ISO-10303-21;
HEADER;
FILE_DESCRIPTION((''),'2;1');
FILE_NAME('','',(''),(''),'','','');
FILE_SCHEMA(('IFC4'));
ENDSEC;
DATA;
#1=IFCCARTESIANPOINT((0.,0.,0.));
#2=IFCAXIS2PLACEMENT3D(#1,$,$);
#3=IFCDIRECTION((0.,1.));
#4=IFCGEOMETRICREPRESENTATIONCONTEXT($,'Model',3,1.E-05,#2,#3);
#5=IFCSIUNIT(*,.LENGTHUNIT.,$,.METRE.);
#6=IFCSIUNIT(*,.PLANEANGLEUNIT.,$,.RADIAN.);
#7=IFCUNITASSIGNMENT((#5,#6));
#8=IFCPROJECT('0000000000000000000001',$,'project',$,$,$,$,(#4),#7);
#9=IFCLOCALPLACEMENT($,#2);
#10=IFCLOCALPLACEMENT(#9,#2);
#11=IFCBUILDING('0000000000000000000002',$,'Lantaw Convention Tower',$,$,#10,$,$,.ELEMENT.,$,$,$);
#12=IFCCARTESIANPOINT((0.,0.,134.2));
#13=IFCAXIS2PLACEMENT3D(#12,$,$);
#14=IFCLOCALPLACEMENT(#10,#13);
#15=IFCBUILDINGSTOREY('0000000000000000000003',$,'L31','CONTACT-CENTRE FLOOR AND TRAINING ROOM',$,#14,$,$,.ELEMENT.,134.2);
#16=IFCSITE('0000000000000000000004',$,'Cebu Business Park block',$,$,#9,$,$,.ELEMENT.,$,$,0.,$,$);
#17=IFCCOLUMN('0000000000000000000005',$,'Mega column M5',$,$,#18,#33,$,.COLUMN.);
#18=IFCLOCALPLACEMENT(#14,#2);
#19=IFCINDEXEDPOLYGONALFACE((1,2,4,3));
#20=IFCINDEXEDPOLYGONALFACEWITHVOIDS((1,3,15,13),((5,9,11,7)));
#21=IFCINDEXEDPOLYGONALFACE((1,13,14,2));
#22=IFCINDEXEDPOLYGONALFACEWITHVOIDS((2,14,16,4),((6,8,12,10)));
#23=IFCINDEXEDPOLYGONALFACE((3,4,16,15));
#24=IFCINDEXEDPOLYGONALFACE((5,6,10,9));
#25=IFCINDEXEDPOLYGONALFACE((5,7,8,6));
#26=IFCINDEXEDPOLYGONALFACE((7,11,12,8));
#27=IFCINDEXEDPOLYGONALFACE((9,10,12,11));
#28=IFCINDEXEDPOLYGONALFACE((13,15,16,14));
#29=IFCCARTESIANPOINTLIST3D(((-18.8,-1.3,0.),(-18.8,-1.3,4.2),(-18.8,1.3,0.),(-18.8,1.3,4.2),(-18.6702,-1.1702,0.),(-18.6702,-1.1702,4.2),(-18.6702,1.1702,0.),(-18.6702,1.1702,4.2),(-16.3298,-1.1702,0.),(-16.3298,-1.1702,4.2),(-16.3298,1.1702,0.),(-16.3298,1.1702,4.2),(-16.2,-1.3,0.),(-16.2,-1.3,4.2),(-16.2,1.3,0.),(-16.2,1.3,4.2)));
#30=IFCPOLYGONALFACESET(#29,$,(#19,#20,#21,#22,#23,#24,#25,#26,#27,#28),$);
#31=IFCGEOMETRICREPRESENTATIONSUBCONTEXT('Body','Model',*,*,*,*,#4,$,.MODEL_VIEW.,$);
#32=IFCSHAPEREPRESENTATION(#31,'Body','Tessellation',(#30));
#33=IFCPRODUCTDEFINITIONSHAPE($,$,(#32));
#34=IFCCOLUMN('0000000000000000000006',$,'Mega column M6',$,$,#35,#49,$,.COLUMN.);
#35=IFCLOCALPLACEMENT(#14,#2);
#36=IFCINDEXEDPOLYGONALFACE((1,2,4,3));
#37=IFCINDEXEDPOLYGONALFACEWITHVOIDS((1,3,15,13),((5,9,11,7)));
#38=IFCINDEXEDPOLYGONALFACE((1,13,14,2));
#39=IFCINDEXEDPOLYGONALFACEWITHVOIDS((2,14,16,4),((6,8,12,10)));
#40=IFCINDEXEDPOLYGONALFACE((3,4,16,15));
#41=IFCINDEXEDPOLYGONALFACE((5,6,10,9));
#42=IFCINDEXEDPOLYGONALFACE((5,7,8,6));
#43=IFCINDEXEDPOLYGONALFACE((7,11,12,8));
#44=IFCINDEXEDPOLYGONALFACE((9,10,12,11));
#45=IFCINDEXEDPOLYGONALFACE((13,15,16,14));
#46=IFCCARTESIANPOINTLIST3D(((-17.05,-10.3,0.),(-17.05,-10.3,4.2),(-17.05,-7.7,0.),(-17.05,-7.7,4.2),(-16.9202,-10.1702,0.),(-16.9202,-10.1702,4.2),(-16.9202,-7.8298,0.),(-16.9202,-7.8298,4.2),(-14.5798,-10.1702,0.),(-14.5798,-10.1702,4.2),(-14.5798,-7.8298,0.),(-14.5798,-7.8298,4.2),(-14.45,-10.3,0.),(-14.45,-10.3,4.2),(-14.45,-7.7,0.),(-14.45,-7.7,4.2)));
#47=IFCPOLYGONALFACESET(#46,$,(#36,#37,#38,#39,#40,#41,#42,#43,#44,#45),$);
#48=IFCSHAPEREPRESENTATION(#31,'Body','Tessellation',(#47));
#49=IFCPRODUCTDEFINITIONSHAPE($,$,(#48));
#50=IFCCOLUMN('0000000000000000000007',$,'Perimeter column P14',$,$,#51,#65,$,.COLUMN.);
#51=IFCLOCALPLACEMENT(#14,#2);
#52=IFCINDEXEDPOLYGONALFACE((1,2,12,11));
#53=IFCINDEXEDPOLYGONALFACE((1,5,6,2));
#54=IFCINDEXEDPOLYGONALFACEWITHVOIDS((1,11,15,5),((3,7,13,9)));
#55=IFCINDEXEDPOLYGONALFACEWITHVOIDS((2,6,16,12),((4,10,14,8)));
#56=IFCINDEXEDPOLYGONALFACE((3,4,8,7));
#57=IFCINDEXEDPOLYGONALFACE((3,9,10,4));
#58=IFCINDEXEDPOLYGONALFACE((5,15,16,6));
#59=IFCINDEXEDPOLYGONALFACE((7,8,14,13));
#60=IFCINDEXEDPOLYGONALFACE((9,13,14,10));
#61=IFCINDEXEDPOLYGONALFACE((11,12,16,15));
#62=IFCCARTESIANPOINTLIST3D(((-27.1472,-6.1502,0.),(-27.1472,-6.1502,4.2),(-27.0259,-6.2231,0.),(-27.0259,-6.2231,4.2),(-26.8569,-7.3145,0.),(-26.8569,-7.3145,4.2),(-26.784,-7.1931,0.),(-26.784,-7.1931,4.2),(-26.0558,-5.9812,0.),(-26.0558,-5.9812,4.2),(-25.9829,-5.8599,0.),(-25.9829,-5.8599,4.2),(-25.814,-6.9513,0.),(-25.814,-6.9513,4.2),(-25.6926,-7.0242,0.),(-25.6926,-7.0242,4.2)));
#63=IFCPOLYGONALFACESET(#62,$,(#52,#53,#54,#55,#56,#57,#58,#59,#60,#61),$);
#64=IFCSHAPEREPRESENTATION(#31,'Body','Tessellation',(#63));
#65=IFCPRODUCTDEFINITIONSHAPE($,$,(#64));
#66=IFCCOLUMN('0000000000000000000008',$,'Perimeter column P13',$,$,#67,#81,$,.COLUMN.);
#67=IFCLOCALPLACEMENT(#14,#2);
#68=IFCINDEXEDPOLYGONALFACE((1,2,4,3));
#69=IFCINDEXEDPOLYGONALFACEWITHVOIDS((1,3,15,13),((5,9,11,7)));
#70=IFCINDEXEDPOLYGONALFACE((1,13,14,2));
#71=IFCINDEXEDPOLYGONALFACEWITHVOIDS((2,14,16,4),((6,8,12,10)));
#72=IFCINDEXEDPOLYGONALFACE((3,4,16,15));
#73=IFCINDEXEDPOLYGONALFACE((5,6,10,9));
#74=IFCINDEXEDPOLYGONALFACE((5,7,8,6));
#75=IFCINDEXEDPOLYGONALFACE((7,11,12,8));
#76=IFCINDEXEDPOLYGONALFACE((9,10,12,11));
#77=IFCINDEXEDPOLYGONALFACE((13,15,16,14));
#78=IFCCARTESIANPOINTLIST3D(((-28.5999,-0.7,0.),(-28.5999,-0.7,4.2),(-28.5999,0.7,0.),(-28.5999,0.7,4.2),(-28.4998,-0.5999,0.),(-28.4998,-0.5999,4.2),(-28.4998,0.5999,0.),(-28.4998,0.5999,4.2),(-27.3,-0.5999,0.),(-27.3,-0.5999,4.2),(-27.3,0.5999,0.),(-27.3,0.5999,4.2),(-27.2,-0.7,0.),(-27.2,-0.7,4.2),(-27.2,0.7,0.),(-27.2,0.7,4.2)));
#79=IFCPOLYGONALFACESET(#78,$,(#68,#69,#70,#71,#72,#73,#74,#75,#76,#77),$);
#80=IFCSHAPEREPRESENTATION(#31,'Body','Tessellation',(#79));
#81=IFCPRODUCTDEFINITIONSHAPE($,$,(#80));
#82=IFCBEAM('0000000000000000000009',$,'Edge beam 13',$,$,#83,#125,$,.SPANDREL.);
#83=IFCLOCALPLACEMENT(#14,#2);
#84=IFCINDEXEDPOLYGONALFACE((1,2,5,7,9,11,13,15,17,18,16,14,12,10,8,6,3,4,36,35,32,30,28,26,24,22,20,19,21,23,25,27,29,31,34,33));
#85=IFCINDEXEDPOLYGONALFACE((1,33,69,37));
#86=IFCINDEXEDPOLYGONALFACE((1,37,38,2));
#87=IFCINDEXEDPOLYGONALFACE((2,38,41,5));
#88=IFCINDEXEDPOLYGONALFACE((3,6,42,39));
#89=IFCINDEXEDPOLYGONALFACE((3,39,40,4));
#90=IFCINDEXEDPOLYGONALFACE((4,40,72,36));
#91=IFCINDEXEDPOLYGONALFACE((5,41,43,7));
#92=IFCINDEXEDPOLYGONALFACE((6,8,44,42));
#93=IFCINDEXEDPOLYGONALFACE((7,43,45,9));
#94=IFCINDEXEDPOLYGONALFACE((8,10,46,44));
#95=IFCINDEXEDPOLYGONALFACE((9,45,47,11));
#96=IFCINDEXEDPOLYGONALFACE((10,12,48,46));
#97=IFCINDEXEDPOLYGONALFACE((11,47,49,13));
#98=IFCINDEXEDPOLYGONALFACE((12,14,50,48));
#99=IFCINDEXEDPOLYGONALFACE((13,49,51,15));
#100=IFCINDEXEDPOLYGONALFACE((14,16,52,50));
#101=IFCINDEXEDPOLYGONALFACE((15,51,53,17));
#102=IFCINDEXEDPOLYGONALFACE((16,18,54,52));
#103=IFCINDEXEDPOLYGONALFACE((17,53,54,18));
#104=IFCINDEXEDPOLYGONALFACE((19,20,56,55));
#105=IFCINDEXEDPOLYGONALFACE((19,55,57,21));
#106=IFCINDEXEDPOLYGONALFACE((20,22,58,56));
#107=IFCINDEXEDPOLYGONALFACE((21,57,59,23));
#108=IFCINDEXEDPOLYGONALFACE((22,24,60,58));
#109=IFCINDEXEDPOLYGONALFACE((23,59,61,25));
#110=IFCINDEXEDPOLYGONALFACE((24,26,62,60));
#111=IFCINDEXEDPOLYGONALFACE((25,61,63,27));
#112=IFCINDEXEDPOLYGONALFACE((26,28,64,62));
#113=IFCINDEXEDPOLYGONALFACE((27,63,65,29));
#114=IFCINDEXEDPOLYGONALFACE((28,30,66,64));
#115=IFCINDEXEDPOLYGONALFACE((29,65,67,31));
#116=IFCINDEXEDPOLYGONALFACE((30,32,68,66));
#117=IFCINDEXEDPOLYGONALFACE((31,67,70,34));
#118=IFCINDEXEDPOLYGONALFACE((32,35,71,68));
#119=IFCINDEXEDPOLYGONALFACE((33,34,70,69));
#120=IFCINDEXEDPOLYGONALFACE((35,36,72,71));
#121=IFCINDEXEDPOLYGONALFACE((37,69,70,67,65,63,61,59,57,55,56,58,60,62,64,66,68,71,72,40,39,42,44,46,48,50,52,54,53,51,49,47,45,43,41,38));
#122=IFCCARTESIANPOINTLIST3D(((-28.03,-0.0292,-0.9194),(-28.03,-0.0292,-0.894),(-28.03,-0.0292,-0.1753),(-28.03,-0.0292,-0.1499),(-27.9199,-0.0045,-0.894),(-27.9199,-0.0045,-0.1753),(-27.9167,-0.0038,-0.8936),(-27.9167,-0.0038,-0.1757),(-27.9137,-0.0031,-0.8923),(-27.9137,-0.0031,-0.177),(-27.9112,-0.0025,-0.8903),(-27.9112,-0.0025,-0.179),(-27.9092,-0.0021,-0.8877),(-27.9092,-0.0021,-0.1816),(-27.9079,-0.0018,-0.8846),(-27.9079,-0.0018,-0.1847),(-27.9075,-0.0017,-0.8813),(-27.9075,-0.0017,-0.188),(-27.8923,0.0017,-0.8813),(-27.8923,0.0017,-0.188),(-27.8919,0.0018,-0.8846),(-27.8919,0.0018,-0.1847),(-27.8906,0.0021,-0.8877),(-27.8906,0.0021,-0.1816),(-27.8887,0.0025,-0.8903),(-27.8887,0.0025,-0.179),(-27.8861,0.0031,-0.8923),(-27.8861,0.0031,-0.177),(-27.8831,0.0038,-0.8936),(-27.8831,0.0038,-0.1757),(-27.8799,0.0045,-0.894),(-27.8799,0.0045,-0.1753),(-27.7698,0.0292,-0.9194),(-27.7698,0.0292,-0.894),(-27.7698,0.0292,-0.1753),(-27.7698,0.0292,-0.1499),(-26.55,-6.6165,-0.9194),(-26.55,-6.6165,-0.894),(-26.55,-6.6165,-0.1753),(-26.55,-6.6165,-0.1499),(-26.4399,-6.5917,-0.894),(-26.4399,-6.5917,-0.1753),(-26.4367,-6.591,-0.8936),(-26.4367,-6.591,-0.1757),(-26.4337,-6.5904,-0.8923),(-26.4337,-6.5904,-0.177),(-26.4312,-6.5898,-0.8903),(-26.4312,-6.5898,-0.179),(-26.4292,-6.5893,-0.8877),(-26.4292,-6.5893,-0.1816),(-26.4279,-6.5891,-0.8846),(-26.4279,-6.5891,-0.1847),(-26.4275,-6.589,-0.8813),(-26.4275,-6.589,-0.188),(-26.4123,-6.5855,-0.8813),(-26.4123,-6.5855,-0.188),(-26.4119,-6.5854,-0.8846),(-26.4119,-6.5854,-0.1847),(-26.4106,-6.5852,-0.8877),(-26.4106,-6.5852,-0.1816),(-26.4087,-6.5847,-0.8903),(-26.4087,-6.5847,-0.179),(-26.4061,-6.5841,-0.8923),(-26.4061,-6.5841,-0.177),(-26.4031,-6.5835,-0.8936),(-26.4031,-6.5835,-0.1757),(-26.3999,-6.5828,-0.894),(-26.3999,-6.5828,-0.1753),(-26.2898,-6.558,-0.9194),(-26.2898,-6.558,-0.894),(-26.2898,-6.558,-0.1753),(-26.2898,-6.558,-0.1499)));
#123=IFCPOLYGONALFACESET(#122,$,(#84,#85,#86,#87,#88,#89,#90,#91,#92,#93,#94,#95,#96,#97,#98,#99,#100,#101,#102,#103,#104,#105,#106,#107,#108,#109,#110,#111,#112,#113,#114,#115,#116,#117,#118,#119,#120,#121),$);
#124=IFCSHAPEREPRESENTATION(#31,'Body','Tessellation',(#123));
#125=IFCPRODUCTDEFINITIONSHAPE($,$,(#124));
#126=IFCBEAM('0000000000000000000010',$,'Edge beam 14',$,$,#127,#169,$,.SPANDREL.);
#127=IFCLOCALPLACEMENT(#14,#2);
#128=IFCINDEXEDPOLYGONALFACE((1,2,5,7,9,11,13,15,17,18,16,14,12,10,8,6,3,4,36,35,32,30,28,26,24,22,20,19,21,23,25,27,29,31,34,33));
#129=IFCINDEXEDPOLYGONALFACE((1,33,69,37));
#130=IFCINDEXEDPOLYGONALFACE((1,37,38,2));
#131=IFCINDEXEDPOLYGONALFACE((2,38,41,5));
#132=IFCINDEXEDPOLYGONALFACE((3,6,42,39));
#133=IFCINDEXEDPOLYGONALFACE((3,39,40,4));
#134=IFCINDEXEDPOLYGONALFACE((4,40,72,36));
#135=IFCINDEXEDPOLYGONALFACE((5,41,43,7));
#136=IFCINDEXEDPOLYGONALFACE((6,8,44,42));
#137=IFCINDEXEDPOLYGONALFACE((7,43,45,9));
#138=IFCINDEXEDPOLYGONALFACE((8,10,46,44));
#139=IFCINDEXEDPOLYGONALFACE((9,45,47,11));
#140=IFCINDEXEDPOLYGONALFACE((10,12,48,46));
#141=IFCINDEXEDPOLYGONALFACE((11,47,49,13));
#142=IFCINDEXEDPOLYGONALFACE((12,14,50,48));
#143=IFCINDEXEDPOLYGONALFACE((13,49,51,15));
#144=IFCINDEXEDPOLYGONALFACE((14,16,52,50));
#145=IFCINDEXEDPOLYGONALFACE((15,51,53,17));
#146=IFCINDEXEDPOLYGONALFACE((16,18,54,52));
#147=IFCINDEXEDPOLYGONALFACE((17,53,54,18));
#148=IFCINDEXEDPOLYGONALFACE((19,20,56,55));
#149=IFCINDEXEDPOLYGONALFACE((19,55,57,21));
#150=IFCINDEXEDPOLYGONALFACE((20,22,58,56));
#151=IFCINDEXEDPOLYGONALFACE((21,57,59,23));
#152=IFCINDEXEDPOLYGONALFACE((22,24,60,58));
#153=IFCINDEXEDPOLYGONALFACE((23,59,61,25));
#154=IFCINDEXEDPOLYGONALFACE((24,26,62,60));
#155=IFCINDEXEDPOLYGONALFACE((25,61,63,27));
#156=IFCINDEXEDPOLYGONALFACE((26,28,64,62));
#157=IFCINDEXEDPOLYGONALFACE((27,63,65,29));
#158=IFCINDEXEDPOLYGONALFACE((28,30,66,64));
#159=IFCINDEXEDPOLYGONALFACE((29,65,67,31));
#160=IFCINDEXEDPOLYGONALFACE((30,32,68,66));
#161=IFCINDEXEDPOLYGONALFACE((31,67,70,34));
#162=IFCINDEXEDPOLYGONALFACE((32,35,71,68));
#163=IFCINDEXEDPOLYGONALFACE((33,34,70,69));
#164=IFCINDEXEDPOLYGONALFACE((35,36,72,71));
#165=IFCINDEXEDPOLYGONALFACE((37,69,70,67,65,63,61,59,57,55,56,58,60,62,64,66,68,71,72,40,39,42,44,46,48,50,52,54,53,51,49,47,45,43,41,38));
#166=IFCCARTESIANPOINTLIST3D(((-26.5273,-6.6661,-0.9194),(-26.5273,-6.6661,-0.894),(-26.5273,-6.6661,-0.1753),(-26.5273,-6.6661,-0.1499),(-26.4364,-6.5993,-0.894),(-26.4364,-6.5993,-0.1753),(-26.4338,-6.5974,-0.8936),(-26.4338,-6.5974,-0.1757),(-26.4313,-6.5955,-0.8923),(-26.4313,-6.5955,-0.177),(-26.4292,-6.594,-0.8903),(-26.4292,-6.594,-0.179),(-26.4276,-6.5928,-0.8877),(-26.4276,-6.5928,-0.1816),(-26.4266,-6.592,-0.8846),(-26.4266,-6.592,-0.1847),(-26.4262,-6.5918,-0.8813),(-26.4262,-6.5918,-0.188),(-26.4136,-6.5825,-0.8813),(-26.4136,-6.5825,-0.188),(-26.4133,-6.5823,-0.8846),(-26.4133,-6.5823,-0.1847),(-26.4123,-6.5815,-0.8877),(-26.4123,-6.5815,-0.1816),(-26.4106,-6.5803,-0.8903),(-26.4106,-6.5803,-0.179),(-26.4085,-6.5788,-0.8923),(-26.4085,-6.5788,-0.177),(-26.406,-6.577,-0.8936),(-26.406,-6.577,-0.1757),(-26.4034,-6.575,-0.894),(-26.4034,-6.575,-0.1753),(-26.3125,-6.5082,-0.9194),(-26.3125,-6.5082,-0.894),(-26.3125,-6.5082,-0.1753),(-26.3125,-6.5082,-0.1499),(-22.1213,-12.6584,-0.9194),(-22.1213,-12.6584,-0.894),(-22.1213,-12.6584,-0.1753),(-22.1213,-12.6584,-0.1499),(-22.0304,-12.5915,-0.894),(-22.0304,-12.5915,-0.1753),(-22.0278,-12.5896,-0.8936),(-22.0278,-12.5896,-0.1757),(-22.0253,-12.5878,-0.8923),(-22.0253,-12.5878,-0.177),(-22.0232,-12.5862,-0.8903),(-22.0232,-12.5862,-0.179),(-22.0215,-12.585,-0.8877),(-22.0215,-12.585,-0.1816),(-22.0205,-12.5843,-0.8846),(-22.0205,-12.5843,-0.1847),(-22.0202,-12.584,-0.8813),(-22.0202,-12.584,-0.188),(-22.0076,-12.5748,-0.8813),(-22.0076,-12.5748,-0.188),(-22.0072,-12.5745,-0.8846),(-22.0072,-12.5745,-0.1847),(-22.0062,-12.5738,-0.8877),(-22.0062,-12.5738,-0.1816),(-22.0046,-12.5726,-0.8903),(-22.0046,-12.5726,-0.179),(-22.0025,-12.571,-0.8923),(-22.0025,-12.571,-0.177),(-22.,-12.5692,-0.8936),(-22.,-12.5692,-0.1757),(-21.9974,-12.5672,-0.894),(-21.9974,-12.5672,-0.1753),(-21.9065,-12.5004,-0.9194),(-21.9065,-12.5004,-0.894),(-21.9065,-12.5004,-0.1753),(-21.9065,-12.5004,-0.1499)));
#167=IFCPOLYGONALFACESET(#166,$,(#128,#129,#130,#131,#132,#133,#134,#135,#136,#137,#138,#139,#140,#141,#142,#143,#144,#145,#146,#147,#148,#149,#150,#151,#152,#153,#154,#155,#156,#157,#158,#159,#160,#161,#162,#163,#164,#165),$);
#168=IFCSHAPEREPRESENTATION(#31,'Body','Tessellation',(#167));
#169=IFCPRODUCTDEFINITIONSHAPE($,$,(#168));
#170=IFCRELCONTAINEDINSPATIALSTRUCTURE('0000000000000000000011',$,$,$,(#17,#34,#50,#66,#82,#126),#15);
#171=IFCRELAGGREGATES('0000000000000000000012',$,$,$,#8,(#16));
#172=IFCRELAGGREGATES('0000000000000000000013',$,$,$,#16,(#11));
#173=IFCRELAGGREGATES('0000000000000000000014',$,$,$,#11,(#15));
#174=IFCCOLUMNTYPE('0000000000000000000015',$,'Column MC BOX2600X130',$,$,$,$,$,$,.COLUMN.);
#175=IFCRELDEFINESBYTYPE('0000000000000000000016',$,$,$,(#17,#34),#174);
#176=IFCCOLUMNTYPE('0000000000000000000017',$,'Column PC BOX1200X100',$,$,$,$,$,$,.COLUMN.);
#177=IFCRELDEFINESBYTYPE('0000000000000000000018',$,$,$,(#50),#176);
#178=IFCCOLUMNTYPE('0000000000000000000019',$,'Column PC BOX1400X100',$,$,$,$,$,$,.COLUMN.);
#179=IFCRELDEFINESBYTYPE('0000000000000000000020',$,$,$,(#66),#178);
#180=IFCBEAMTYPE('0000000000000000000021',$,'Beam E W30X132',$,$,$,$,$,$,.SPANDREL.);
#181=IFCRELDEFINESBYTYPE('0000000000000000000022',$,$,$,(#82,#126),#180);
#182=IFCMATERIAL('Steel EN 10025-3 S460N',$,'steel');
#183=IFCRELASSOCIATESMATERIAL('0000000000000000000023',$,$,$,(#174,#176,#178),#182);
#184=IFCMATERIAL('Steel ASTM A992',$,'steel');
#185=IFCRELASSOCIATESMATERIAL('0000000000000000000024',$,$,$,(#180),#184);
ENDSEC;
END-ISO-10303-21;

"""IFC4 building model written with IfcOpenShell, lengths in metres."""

from ifc_helpers import new_model, si_unit, direction, frame, origin, origin_2d, place, context, subcontext, project, spatial, rectangle, hollow_rectangle, i_section, extrude, material, material_profile, profile_set, type_object, element, save


model = new_model("IFC4")

# Units and contexts
model_context = context("Model", 3, precision=1e-05, world=origin(), true_north=direction((0.0, 1.0)))
body_context = subcontext(model_context, "Body", "Model", "MODEL_VIEW")
ifc_project = project(units=[si_unit("LENGTHUNIT", "METRE"), si_unit("PLANEANGLEUNIT", "RADIAN")], contexts=[model_context])

# Site, building, storey
site_placement = place(None, origin())
site = spatial("IfcSite", under=ifc_project, at=site_placement, Name="Cebu Business Park block", CompositionType="ELEMENT", RefElevation=0.0)
building_placement = place(site_placement, origin())
building = spatial("IfcBuilding", under=site, at=building_placement, Name="Lantaw Convention Tower", CompositionType="ELEMENT")
storey_placement = place(building_placement, frame((0.0, 0.0, 134.2)))
storey = spatial("IfcBuildingStorey", under=building, at=storey_placement, Name="L31", Description="CONTACT-CENTRE FLOOR AND TRAINING ROOM", CompositionType="ELEMENT", Elevation=134.2)

# Columns
ifc_material_1 = material(Name="Steel EN 10025-3 S460N", Category="steel")
ifc_material_profile_1 = material_profile(ifc_material_1, hollow_rectangle(XDim=2.6001, YDim=2.6001, WallThickness=0.1299, at=origin_2d()), Name="BOX2600X130")
ifc_material_2 = material(Name="Concrete C60/75", Category="concrete")
ifc_material_profile_2 = material_profile(ifc_material_2, rectangle(XDim=2.3401, YDim=2.3401, at=origin_2d()), Name="Concrete fill of BOX2600X130")
ifc_profile_set_1 = profile_set([ifc_material_profile_1, ifc_material_profile_2], Name="Steel EN 10025-3 S460N")
column_type_1 = type_object("IfcColumnType", Name="Column MC BOX2600X130", PredefinedType="COLUMN", material=ifc_profile_set_1)
for number, where, z_axis, x_axis, name in (
    (1, (-17.5, 0.0, 0.0), (0.0, 0.0, 1.0), (1.0, 0.0, 0.0), "Mega column M5"),
    (2, (-15.75, -9.0, 0.0), (0.0, 0.0, 1.0), (1.0, 0.0, 0.0), "Mega column M6"),
):
    element("IfcColumn", number, at=place(storey_placement, frame(where, z_axis=z_axis, x_axis=x_axis)), inside=storey, type_object=column_type_1, Name=name, PredefinedType="COLUMN", context=body_context, shape_type="SweptSolid", body=[
        extrude(hollow_rectangle(XDim=2.6001, YDim=2.6001, WallThickness=0.1299, at=origin_2d()), origin(), (0.0, 0.0, 1.0), 4.2),
    ])
ifc_material_profile_3 = material_profile(ifc_material_1, hollow_rectangle(XDim=1.2, YDim=1.2, WallThickness=0.1001, at=origin_2d()), Name="BOX1200X100")
ifc_material_profile_4 = material_profile(ifc_material_2, rectangle(XDim=1.0, YDim=1.0, at=origin_2d()), Name="Concrete fill of BOX1200X100")
ifc_profile_set_2 = profile_set([ifc_material_profile_3, ifc_material_profile_4], Name="Steel EN 10025-3 S460N")
column_type_2 = type_object("IfcColumnType", Name="Column PC BOX1200X100", PredefinedType="COLUMN", material=ifc_profile_set_2)
column_1_placement = place(storey_placement, frame((-26.4199, -6.5872, 0.0), z_axis=(0.0, 0.0, 1.0), x_axis=(0.970296, 0.241922, 0.0)))
element("IfcColumn", 3, at=column_1_placement, inside=storey, type_object=column_type_2, Name="Perimeter column P14", PredefinedType="COLUMN", context=body_context, shape_type="SweptSolid", body=[
    extrude(hollow_rectangle(XDim=1.2, YDim=1.2, WallThickness=0.1001, at=origin_2d()), origin(), (0.0, 0.0, 1.0), 4.2),
])
ifc_material_profile_5 = material_profile(ifc_material_1, hollow_rectangle(XDim=1.3999, YDim=1.3999, WallThickness=0.1001, at=origin_2d()), Name="BOX1400X100")
ifc_material_profile_6 = material_profile(ifc_material_2, rectangle(XDim=1.2, YDim=1.2, at=origin_2d()), Name="Concrete fill of BOX1400X100")
ifc_profile_set_3 = profile_set([ifc_material_profile_5, ifc_material_profile_6], Name="Steel EN 10025-3 S460N")
column_type_3 = type_object("IfcColumnType", Name="Column PC BOX1400X100", PredefinedType="COLUMN", material=ifc_profile_set_3)
column_2_placement = place(storey_placement, frame((-27.8999, 0.0, 0.0), z_axis=(0.0, 0.0, 1.0), x_axis=(1.0, 0.0, 0.0)))
element("IfcColumn", 4, at=column_2_placement, inside=storey, type_object=column_type_3, Name="Perimeter column P13", PredefinedType="COLUMN", context=body_context, shape_type="SweptSolid", body=[
    extrude(hollow_rectangle(XDim=1.3999, YDim=1.3999, WallThickness=0.1001, at=origin_2d()), origin(), (0.0, 0.0, 1.0), 4.2),
])

# Beams
ifc_material_3 = material(Name="Steel ASTM A992", Category="steel")
ifc_material_profile_7 = material_profile(ifc_material_3, i_section(OverallWidth=0.2666, OverallDepth=0.7695, WebThickness=0.0156, FlangeThickness=0.0254, FilletRadius=0.0127, at=origin_2d()), Name="W30X132")
ifc_profile_set_4 = profile_set([ifc_material_profile_7], Name="Steel ASTM A992")
beam_type_1 = type_object("IfcBeamType", Name="Beam E W30X132", PredefinedType="SPANDREL", material=ifc_profile_set_4)
beam_1_placement = place(storey_placement, frame((-27.8999, 0.0, -0.5347), z_axis=(0.219212, -0.975677, 0.0), x_axis=(0.975677, 0.219212, 0.0)))
element("IfcBeam", 5, at=beam_1_placement, inside=storey, type_object=beam_type_1, Name="Edge beam 13", PredefinedType="SPANDREL", context=body_context, shape_type="SweptSolid", body=[
    extrude(i_section(OverallWidth=0.2666, OverallDepth=0.7695, WebThickness=0.0156, FlangeThickness=0.0254, FilletRadius=0.0127, at=origin_2d()), origin(), (0.0, 0.0, 1.0), 6.7515),
])
beam_2_placement = place(storey_placement, frame((-26.4199, -6.5872, -0.5347), z_axis=(0.592389, -0.805652, 0.0), x_axis=(0.805652, 0.592389, 0.0)))
element("IfcBeam", 6, at=beam_2_placement, inside=storey, type_object=beam_type_1, Name="Edge beam 14", PredefinedType="SPANDREL", context=body_context, shape_type="SweptSolid", body=[
    extrude(i_section(OverallWidth=0.2666, OverallDepth=0.7695, WebThickness=0.0156, FlangeThickness=0.0254, FilletRadius=0.0127, at=origin_2d()), origin(), (0.0, 0.0, 1.0), 7.4377),
])

save(model, "model.ifc")
